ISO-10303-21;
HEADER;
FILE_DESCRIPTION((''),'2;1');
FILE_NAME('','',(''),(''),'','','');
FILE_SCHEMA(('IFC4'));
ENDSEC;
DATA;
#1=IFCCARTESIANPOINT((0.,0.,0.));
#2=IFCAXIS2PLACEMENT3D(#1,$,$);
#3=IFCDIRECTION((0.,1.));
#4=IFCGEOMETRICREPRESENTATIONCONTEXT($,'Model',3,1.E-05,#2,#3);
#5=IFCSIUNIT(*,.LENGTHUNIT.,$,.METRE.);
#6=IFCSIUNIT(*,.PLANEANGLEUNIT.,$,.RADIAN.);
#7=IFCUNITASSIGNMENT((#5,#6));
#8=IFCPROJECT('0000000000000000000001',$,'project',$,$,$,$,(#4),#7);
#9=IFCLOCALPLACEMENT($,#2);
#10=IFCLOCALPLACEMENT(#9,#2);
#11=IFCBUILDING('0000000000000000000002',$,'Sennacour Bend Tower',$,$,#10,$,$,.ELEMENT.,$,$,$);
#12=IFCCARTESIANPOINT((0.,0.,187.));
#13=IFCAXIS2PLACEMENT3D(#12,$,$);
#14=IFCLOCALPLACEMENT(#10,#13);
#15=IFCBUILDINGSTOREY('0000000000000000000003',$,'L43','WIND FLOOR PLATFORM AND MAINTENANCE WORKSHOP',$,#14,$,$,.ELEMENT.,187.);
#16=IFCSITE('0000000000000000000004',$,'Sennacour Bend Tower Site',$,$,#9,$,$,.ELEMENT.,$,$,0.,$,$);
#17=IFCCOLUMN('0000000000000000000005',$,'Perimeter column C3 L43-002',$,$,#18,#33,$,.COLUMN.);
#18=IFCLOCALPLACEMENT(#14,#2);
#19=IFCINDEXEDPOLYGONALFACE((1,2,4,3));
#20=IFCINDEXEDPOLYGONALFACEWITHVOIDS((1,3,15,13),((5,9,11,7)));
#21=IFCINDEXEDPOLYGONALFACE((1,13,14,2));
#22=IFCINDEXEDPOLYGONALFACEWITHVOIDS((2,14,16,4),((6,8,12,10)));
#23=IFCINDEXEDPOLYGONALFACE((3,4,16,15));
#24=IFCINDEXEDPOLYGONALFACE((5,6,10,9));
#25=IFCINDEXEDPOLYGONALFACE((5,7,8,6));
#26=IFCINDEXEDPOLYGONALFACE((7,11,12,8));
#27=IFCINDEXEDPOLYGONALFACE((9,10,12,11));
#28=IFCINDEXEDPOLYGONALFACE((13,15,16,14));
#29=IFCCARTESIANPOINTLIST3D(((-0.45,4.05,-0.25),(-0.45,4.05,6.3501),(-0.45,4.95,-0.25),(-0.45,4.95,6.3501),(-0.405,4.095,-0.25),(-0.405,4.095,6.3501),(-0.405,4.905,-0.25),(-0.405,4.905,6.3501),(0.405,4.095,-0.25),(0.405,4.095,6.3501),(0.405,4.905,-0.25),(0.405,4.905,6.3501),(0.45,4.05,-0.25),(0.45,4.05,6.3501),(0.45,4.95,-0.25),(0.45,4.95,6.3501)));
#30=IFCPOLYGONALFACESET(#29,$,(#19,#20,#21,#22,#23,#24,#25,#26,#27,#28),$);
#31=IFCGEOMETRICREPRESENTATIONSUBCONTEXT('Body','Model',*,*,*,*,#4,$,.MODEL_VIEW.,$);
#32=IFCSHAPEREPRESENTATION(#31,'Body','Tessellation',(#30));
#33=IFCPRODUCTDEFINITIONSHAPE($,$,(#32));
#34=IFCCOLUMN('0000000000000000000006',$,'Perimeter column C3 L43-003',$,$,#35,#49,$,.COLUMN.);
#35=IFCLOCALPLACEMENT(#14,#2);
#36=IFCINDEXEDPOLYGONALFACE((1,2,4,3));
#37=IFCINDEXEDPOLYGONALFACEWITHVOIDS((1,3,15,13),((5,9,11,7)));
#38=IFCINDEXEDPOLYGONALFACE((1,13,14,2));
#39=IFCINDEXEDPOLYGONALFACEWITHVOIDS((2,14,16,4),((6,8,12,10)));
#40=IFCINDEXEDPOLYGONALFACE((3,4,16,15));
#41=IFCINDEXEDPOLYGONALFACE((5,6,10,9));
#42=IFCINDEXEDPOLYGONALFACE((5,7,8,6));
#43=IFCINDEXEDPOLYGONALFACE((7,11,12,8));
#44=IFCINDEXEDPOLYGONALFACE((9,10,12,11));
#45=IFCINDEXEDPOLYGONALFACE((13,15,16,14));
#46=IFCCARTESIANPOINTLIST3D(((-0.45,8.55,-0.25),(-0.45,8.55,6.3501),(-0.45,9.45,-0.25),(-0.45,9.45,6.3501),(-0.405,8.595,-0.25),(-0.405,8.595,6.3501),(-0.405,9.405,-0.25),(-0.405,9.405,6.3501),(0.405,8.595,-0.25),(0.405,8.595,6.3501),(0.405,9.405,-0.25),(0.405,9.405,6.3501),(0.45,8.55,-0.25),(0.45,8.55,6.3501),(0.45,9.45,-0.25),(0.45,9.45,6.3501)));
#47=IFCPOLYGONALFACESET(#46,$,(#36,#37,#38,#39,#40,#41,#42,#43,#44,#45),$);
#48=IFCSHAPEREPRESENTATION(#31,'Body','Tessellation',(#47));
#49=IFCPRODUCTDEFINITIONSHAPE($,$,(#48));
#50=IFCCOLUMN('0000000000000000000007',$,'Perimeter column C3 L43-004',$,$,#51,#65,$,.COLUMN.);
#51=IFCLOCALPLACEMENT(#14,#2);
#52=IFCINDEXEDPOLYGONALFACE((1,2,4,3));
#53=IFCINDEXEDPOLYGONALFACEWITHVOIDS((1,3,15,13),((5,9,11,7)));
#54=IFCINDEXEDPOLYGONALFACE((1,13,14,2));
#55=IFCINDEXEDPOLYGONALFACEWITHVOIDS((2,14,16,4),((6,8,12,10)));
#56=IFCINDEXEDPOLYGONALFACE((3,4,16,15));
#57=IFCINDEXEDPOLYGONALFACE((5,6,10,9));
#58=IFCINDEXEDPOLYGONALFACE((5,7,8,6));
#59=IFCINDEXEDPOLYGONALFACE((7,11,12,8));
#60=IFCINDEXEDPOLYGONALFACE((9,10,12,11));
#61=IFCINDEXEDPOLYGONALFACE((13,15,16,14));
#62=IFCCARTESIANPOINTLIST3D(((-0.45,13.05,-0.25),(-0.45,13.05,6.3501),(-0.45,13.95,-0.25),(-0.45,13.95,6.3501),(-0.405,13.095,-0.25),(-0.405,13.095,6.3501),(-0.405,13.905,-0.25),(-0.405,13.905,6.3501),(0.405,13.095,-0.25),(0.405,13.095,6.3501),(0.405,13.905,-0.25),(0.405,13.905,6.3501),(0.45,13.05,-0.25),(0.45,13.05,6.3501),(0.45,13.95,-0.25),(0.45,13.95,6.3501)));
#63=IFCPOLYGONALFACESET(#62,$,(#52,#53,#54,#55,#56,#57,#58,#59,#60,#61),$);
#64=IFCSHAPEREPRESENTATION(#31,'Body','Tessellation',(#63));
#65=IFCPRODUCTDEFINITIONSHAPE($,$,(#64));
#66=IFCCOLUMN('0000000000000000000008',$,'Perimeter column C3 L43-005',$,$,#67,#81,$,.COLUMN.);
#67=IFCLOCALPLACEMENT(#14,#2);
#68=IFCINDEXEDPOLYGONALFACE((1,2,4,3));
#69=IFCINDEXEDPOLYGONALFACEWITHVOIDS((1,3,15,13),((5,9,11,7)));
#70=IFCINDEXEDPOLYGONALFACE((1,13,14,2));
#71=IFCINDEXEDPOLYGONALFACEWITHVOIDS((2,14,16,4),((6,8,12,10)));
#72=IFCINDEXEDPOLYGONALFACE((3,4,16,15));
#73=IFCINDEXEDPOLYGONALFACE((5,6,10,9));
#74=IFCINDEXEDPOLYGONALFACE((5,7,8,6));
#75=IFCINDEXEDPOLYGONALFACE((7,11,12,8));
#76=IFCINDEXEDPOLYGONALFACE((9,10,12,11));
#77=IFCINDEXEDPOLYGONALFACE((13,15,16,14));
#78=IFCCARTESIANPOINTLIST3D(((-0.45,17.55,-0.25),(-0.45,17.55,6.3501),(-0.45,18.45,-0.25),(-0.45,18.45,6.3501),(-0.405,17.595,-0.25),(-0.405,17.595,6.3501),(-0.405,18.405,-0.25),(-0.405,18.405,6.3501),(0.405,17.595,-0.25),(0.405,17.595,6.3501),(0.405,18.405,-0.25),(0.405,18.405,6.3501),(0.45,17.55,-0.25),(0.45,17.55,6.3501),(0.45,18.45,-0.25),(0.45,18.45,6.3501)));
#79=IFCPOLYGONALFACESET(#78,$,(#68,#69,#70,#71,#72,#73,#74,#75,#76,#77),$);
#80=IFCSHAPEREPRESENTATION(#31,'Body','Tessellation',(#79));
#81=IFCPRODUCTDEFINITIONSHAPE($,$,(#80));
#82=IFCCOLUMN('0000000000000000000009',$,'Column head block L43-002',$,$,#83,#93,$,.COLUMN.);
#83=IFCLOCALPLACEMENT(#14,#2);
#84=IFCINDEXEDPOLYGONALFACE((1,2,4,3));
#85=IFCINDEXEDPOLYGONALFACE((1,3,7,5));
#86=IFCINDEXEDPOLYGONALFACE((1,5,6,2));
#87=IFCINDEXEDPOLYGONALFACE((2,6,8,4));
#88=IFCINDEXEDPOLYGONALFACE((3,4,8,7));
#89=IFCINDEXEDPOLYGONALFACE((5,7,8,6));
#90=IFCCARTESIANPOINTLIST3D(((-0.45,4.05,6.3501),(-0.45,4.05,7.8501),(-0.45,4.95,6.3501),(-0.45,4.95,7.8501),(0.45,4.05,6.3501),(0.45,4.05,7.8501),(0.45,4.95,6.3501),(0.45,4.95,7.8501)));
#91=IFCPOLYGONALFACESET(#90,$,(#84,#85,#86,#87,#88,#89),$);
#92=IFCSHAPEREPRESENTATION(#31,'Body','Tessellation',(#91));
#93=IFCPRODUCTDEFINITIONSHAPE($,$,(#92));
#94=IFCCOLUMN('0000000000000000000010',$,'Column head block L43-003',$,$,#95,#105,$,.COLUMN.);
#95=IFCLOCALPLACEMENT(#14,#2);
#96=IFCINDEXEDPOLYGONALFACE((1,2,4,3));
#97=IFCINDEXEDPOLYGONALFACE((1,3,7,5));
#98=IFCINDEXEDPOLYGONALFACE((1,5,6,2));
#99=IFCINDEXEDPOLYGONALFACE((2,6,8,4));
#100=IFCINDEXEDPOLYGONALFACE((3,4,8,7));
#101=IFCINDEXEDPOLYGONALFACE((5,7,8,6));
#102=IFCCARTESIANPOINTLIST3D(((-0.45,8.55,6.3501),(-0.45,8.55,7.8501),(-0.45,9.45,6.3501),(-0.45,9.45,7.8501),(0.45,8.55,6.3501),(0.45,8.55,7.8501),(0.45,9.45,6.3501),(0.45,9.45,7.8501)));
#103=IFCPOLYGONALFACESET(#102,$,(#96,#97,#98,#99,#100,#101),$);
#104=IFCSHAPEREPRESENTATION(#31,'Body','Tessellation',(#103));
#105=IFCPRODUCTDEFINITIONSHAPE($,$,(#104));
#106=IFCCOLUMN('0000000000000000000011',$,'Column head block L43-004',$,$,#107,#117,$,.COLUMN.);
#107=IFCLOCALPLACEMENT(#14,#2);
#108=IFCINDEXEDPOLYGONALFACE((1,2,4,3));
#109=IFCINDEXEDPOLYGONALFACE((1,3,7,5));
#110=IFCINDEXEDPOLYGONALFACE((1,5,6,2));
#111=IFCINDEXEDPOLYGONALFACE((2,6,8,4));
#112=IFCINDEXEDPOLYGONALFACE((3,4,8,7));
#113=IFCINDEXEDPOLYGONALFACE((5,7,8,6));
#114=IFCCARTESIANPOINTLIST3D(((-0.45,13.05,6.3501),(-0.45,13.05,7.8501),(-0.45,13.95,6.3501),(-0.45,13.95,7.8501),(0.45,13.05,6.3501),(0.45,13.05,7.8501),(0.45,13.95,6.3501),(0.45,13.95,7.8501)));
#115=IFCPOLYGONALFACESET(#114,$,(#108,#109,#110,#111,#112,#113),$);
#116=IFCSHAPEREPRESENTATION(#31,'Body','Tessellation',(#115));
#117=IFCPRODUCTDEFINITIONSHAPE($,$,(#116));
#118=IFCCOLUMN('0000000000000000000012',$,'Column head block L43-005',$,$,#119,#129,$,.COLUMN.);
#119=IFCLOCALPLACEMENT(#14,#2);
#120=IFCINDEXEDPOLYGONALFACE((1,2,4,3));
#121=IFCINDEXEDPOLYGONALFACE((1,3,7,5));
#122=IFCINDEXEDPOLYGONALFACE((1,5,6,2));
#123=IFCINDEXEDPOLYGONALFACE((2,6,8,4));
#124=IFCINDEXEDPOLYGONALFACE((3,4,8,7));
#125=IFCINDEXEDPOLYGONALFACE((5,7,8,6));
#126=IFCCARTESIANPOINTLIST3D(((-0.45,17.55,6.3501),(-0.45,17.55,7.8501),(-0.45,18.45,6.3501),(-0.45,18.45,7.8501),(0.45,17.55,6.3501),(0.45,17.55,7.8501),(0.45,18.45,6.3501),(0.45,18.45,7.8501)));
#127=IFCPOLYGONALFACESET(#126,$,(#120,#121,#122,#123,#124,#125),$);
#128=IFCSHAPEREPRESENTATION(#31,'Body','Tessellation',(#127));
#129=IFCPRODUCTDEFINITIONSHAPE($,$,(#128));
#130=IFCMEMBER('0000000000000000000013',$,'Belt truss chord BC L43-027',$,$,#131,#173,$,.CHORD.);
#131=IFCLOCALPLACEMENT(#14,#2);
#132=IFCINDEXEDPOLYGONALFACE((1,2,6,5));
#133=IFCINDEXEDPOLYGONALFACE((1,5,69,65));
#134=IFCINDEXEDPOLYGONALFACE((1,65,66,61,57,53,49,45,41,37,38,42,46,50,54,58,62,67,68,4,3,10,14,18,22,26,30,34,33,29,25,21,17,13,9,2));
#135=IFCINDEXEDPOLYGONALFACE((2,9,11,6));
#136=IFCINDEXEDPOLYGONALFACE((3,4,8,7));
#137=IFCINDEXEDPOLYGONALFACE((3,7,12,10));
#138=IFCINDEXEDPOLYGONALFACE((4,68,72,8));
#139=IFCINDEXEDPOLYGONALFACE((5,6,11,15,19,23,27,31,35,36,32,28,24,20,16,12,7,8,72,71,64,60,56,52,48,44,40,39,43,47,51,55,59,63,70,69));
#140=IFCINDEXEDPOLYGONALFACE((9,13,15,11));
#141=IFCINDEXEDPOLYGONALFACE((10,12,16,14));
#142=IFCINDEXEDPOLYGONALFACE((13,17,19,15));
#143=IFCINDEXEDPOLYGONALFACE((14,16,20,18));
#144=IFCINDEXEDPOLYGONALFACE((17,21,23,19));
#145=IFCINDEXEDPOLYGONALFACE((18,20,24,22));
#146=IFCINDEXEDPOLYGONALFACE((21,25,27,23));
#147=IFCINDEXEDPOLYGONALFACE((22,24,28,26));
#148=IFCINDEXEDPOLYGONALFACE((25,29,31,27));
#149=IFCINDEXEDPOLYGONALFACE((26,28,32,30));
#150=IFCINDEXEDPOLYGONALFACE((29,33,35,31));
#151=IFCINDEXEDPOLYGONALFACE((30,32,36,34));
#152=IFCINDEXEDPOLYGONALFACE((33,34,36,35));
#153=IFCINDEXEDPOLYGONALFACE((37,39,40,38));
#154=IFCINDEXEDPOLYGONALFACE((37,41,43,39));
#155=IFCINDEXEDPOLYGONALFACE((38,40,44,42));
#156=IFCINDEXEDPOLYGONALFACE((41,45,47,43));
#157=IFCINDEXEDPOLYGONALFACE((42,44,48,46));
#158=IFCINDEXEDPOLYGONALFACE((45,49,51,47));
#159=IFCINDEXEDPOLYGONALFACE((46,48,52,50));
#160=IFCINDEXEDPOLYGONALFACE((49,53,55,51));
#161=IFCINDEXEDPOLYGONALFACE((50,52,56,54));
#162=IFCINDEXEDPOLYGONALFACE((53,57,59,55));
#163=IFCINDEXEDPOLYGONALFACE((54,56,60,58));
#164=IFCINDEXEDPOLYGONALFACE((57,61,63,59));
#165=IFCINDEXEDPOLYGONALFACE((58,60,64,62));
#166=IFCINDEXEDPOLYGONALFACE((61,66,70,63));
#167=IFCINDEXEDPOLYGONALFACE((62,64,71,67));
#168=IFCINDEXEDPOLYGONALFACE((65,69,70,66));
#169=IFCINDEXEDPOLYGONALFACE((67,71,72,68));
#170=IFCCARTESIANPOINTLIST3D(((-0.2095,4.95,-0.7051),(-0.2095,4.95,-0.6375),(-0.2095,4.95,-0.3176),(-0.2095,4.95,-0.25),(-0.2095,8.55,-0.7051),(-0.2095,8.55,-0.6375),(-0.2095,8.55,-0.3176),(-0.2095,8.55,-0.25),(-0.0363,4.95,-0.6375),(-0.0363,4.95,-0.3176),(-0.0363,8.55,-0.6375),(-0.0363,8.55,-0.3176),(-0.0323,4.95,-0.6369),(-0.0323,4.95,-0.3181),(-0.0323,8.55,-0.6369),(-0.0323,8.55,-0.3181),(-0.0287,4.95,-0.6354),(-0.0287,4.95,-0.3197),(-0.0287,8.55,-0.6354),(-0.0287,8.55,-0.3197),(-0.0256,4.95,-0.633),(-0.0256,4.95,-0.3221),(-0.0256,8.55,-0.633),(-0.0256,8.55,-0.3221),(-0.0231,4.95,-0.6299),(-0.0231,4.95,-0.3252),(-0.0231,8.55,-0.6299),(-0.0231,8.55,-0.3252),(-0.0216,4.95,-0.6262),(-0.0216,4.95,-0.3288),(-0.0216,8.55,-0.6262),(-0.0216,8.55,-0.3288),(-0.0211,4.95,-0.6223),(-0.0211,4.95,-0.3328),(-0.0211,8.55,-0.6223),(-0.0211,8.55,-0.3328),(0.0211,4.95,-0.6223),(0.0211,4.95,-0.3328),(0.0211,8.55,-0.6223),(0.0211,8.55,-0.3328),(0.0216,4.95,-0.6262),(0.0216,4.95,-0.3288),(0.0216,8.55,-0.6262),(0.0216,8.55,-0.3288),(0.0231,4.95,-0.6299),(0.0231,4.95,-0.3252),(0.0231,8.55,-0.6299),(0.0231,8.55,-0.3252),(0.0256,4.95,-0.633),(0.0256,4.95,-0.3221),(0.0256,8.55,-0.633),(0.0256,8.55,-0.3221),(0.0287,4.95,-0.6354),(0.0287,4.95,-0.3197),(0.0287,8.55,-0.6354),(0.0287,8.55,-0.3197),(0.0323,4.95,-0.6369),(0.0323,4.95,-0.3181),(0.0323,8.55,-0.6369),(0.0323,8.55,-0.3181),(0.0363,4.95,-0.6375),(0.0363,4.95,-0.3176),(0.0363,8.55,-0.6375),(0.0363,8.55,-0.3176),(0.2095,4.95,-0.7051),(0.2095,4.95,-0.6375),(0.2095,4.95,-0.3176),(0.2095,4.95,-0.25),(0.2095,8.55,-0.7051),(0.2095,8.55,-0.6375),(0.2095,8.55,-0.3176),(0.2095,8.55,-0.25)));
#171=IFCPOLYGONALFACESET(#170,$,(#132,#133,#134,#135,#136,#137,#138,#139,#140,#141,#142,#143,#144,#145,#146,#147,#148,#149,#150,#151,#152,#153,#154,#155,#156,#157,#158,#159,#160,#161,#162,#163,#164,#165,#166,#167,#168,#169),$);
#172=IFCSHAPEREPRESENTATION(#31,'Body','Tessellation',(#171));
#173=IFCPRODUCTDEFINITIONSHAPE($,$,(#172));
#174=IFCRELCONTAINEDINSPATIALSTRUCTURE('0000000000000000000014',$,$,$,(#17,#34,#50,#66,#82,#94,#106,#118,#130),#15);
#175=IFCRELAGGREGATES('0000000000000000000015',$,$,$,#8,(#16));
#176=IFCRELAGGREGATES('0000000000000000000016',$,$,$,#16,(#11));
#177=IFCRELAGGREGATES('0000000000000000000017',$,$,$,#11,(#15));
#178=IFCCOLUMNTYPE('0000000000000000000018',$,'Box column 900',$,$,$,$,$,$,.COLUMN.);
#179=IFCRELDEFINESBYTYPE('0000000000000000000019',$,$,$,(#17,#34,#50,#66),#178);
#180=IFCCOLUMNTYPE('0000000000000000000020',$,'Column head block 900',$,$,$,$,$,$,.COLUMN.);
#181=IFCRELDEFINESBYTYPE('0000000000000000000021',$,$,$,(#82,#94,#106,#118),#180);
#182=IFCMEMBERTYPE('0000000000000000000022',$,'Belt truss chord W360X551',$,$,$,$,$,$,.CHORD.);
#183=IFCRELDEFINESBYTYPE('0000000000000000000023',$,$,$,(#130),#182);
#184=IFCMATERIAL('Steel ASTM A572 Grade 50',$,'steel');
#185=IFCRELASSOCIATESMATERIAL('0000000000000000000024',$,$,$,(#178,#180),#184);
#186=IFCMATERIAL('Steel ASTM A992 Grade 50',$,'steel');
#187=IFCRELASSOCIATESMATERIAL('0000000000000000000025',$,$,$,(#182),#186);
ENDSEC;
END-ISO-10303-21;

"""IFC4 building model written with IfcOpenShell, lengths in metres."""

from ifc_helpers import new_model, si_unit, direction, frame, origin, origin_2d, place, context, subcontext, project, spatial, rectangle, hollow_rectangle, i_section, extrude, material, material_profile, profile_set, type_object, element, save


model = new_model("IFC4")

# Units and contexts
model_context = context("Model", 3, precision=1e-05, world=origin(), true_north=direction((0.0, 1.0)))
body_context = subcontext(model_context, "Body", "Model", "MODEL_VIEW")
ifc_project = project(units=[si_unit("LENGTHUNIT", "METRE"), si_unit("PLANEANGLEUNIT", "RADIAN")], contexts=[model_context])

# Site, building, storey
site_placement = place(None, origin())
site = spatial("IfcSite", under=ifc_project, at=site_placement, Name="Sennacour Bend Tower Site", CompositionType="ELEMENT", RefElevation=0.0)
building_placement = place(site_placement, origin())
building = spatial("IfcBuilding", under=site, at=building_placement, Name="Sennacour Bend Tower", CompositionType="ELEMENT")
storey_placement = place(building_placement, frame((0.0, 0.0, 187.0)))
storey = spatial("IfcBuildingStorey", under=building, at=storey_placement, Name="L43", Description="WIND FLOOR PLATFORM AND MAINTENANCE WORKSHOP", CompositionType="ELEMENT", Elevation=187.0)

# Columns
ifc_material_1 = material(Name="Steel ASTM A572 Grade 50", Category="steel")
ifc_material_profile_1 = material_profile(ifc_material_1, hollow_rectangle(XDim=0.8999, YDim=0.8999, WallThickness=0.0449, at=origin_2d()), Name="Steel ASTM A572 Grade 50", Category="steel")
ifc_profile_set_1 = profile_set([ifc_material_profile_1], Name="Steel ASTM A572 Grade 50")
column_type_1 = type_object("IfcColumnType", Name="Box column 900", PredefinedType="COLUMN", material=ifc_profile_set_1)
for number, where, z_axis, x_axis, name in (
    (1, (0.0, 4.5, -0.25), (0.0, 0.0, 1.0), (1.0, 0.0, 0.0), "Perimeter column C3 L43-002"),
    (2, (0.0, 9.0, -0.25), (0.0, 0.0, 1.0), (1.0, 0.0, 0.0), "Perimeter column C3 L43-003"),
    (3, (0.0, 13.5, -0.25), (0.0, 0.0, 1.0), (1.0, 0.0, 0.0), "Perimeter column C3 L43-004"),
    (4, (0.0, 18.0, -0.25), (0.0, 0.0, 1.0), (1.0, 0.0, 0.0), "Perimeter column C3 L43-005"),
):
    element("IfcColumn", number, at=place(storey_placement, frame(where, z_axis=z_axis, x_axis=x_axis)), inside=storey, type_object=column_type_1, Name=name, PredefinedType="COLUMN", context=body_context, shape_type="SweptSolid", body=[
        extrude(hollow_rectangle(XDim=0.8999, YDim=0.8999, WallThickness=0.0449, at=origin_2d()), origin(), (0.0, 0.0, 1.0), 6.6001),
    ])
ifc_material_profile_2 = material_profile(ifc_material_1, rectangle(XDim=0.8999, YDim=0.8999, at=origin_2d()), Name="Steel ASTM A572 Grade 50", Category="steel")
ifc_profile_set_2 = profile_set([ifc_material_profile_2], Name="Steel ASTM A572 Grade 50")
column_type_2 = type_object("IfcColumnType", Name="Column head block 900", PredefinedType="COLUMN", material=ifc_profile_set_2)
for number, where, z_axis, x_axis, name in (
    (5, (0.0, 4.5, 6.3501), (0.0, 0.0, 1.0), (1.0, 0.0, 0.0), "Column head block L43-002"),
    (6, (0.0, 9.0, 6.3501), (0.0, 0.0, 1.0), (1.0, 0.0, 0.0), "Column head block L43-003"),
    (7, (0.0, 13.5, 6.3501), (0.0, 0.0, 1.0), (1.0, 0.0, 0.0), "Column head block L43-004"),
    (8, (0.0, 18.0, 6.3501), (0.0, 0.0, 1.0), (1.0, 0.0, 0.0), "Column head block L43-005"),
):
    element("IfcColumn", number, at=place(storey_placement, frame(where, z_axis=z_axis, x_axis=x_axis)), inside=storey, type_object=column_type_2, Name=name, PredefinedType="COLUMN", context=body_context, shape_type="SweptSolid", body=[
        extrude(rectangle(XDim=0.8999, YDim=0.8999, at=origin_2d()), origin(), (0.0, 0.0, 1.0), 1.5),
    ])

# Member
ifc_material_2 = material(Name="Steel ASTM A992 Grade 50", Category="steel")
ifc_material_profile_3 = material_profile(ifc_material_2, i_section(OverallWidth=0.4189, OverallDepth=0.4551, WebThickness=0.0422, FlangeThickness=0.0676, FilletRadius=0.0151, at=origin_2d()), Name="Steel ASTM A992 Grade 50", Category="steel")
ifc_profile_set_3 = profile_set([ifc_material_profile_3], Name="Steel ASTM A992 Grade 50")
member_type_1 = type_object("IfcMemberType", Name="Belt truss chord W360X551", PredefinedType="CHORD", material=ifc_profile_set_3)
for number, where, z_axis, x_axis, name in (
    (9, (0.0, 4.95, -0.4775), (0.0, 1.0, 0.0), (-1.0, 0.0, 0.0), "Belt truss chord BC L43-027"),
):
    element("IfcMember", number, at=place(storey_placement, frame(where, z_axis=z_axis, x_axis=x_axis)), inside=storey, type_object=member_type_1, Name=name, PredefinedType="CHORD", context=body_context, shape_type="SweptSolid", body=[
        extrude(i_section(OverallWidth=0.4189, OverallDepth=0.4551, WebThickness=0.0422, FlangeThickness=0.0676, FilletRadius=0.0151, at=origin_2d()), origin(), (0.0, 0.0, 1.0), 3.6001),
    ])

save(model, "model.ifc")
